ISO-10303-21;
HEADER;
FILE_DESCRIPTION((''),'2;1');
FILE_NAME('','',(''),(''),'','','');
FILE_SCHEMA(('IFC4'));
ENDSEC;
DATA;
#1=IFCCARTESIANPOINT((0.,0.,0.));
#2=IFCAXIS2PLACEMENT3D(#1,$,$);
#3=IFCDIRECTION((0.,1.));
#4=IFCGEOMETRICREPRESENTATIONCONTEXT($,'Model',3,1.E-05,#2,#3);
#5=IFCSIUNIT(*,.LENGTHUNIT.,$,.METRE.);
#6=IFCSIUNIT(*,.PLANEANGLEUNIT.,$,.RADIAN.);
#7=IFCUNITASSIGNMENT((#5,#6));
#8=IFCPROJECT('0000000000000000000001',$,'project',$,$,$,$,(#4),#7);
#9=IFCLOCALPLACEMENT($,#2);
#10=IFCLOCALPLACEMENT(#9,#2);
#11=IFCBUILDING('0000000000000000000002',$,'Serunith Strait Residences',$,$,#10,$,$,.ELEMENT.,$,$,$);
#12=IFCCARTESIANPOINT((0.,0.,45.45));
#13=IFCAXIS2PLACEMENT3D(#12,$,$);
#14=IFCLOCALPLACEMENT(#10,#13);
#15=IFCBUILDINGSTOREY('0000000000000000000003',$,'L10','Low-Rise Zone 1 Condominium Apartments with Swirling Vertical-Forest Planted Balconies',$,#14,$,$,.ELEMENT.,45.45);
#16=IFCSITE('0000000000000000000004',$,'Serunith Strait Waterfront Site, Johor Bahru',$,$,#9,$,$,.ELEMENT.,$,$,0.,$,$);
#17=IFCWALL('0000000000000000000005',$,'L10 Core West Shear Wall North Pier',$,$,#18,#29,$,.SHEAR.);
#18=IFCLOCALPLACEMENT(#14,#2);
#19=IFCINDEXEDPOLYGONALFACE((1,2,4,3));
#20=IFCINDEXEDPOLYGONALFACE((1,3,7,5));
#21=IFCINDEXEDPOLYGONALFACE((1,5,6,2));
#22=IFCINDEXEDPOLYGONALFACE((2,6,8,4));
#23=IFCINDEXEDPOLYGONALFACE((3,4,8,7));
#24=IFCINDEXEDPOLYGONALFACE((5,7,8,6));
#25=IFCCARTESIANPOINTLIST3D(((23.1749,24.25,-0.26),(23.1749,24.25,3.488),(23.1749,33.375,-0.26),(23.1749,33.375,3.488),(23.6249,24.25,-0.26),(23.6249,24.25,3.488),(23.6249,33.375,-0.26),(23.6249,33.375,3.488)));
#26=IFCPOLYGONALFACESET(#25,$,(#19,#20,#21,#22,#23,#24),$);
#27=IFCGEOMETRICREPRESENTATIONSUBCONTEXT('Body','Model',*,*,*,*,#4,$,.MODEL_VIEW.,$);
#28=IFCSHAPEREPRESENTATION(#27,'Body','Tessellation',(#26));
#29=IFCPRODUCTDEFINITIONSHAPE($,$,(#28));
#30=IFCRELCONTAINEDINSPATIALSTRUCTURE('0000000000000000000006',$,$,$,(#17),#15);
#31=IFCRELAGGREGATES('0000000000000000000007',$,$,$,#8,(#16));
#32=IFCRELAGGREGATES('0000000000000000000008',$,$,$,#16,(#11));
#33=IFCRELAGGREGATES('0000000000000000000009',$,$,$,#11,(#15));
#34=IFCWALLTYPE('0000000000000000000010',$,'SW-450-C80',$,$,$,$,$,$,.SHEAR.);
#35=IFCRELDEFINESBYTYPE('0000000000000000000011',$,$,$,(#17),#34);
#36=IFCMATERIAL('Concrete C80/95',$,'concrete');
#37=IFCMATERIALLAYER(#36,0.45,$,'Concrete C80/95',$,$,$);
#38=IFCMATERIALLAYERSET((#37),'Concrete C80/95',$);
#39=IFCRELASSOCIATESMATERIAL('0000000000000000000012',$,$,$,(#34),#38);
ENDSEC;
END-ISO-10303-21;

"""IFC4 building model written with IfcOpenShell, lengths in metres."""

from ifc_helpers import new_model, si_unit, direction, frame, frame_2d, origin, place, context, subcontext, project, spatial, rectangle, extrude, material, layer, layer_set, type_object, element, save


model = new_model("IFC4")

# Units and contexts
model_context = context("Model", 3, precision=1e-05, world=origin(), true_north=direction((0.0, 1.0)))
body_context = subcontext(model_context, "Body", "Model", "MODEL_VIEW")
ifc_project = project(units=[si_unit("LENGTHUNIT", "METRE"), si_unit("PLANEANGLEUNIT", "RADIAN")], contexts=[model_context])

# Site, building, storey
site_placement = place(None, origin())
site = spatial("IfcSite", under=ifc_project, at=site_placement, Name="Serunith Strait Waterfront Site, Johor Bahru", CompositionType="ELEMENT", RefElevation=0.0)
building_placement = place(site_placement, origin())
building = spatial("IfcBuilding", under=site, at=building_placement, Name="Serunith Strait Residences", CompositionType="ELEMENT")
storey_placement = place(building_placement, frame((0.0, 0.0, 45.45)))
storey = spatial("IfcBuildingStorey", under=building, at=storey_placement, Name="L10", Description="Low-Rise Zone 1 Condominium Apartments with Swirling Vertical-Forest Planted Balconies", CompositionType="ELEMENT", Elevation=45.45)

# Wall
ifc_material_1 = material(Name="Concrete C80/95", Category="concrete")
ifc_layer_1 = layer(ifc_material_1, 0.45, Name="Concrete C80/95")
ifc_layer_set_1 = layer_set([ifc_layer_1], Name="Concrete C80/95")
wall_type_1 = type_object("IfcWallType", Name="SW-450-C80", PredefinedType="SHEAR", material=ifc_layer_set_1)
wall_1_placement = place(storey_placement, frame((23.3999, 24.25, -0.26), z_axis=(0.0, 0.0, 1.0), x_axis=(0.0, 1.0, 0.0)))
element("IfcWall", 1, at=wall_1_placement, inside=storey, type_object=wall_type_1, Name="L10 Core West Shear Wall North Pier", PredefinedType="SHEAR", context=body_context, shape_type="SweptSolid", body=[
    extrude(rectangle(XDim=9.125, YDim=0.45, at=frame_2d((4.5625, 0.0))), origin(), (0.0, 0.0, 1.0), 3.748),
])

save(model, "model.ifc")
